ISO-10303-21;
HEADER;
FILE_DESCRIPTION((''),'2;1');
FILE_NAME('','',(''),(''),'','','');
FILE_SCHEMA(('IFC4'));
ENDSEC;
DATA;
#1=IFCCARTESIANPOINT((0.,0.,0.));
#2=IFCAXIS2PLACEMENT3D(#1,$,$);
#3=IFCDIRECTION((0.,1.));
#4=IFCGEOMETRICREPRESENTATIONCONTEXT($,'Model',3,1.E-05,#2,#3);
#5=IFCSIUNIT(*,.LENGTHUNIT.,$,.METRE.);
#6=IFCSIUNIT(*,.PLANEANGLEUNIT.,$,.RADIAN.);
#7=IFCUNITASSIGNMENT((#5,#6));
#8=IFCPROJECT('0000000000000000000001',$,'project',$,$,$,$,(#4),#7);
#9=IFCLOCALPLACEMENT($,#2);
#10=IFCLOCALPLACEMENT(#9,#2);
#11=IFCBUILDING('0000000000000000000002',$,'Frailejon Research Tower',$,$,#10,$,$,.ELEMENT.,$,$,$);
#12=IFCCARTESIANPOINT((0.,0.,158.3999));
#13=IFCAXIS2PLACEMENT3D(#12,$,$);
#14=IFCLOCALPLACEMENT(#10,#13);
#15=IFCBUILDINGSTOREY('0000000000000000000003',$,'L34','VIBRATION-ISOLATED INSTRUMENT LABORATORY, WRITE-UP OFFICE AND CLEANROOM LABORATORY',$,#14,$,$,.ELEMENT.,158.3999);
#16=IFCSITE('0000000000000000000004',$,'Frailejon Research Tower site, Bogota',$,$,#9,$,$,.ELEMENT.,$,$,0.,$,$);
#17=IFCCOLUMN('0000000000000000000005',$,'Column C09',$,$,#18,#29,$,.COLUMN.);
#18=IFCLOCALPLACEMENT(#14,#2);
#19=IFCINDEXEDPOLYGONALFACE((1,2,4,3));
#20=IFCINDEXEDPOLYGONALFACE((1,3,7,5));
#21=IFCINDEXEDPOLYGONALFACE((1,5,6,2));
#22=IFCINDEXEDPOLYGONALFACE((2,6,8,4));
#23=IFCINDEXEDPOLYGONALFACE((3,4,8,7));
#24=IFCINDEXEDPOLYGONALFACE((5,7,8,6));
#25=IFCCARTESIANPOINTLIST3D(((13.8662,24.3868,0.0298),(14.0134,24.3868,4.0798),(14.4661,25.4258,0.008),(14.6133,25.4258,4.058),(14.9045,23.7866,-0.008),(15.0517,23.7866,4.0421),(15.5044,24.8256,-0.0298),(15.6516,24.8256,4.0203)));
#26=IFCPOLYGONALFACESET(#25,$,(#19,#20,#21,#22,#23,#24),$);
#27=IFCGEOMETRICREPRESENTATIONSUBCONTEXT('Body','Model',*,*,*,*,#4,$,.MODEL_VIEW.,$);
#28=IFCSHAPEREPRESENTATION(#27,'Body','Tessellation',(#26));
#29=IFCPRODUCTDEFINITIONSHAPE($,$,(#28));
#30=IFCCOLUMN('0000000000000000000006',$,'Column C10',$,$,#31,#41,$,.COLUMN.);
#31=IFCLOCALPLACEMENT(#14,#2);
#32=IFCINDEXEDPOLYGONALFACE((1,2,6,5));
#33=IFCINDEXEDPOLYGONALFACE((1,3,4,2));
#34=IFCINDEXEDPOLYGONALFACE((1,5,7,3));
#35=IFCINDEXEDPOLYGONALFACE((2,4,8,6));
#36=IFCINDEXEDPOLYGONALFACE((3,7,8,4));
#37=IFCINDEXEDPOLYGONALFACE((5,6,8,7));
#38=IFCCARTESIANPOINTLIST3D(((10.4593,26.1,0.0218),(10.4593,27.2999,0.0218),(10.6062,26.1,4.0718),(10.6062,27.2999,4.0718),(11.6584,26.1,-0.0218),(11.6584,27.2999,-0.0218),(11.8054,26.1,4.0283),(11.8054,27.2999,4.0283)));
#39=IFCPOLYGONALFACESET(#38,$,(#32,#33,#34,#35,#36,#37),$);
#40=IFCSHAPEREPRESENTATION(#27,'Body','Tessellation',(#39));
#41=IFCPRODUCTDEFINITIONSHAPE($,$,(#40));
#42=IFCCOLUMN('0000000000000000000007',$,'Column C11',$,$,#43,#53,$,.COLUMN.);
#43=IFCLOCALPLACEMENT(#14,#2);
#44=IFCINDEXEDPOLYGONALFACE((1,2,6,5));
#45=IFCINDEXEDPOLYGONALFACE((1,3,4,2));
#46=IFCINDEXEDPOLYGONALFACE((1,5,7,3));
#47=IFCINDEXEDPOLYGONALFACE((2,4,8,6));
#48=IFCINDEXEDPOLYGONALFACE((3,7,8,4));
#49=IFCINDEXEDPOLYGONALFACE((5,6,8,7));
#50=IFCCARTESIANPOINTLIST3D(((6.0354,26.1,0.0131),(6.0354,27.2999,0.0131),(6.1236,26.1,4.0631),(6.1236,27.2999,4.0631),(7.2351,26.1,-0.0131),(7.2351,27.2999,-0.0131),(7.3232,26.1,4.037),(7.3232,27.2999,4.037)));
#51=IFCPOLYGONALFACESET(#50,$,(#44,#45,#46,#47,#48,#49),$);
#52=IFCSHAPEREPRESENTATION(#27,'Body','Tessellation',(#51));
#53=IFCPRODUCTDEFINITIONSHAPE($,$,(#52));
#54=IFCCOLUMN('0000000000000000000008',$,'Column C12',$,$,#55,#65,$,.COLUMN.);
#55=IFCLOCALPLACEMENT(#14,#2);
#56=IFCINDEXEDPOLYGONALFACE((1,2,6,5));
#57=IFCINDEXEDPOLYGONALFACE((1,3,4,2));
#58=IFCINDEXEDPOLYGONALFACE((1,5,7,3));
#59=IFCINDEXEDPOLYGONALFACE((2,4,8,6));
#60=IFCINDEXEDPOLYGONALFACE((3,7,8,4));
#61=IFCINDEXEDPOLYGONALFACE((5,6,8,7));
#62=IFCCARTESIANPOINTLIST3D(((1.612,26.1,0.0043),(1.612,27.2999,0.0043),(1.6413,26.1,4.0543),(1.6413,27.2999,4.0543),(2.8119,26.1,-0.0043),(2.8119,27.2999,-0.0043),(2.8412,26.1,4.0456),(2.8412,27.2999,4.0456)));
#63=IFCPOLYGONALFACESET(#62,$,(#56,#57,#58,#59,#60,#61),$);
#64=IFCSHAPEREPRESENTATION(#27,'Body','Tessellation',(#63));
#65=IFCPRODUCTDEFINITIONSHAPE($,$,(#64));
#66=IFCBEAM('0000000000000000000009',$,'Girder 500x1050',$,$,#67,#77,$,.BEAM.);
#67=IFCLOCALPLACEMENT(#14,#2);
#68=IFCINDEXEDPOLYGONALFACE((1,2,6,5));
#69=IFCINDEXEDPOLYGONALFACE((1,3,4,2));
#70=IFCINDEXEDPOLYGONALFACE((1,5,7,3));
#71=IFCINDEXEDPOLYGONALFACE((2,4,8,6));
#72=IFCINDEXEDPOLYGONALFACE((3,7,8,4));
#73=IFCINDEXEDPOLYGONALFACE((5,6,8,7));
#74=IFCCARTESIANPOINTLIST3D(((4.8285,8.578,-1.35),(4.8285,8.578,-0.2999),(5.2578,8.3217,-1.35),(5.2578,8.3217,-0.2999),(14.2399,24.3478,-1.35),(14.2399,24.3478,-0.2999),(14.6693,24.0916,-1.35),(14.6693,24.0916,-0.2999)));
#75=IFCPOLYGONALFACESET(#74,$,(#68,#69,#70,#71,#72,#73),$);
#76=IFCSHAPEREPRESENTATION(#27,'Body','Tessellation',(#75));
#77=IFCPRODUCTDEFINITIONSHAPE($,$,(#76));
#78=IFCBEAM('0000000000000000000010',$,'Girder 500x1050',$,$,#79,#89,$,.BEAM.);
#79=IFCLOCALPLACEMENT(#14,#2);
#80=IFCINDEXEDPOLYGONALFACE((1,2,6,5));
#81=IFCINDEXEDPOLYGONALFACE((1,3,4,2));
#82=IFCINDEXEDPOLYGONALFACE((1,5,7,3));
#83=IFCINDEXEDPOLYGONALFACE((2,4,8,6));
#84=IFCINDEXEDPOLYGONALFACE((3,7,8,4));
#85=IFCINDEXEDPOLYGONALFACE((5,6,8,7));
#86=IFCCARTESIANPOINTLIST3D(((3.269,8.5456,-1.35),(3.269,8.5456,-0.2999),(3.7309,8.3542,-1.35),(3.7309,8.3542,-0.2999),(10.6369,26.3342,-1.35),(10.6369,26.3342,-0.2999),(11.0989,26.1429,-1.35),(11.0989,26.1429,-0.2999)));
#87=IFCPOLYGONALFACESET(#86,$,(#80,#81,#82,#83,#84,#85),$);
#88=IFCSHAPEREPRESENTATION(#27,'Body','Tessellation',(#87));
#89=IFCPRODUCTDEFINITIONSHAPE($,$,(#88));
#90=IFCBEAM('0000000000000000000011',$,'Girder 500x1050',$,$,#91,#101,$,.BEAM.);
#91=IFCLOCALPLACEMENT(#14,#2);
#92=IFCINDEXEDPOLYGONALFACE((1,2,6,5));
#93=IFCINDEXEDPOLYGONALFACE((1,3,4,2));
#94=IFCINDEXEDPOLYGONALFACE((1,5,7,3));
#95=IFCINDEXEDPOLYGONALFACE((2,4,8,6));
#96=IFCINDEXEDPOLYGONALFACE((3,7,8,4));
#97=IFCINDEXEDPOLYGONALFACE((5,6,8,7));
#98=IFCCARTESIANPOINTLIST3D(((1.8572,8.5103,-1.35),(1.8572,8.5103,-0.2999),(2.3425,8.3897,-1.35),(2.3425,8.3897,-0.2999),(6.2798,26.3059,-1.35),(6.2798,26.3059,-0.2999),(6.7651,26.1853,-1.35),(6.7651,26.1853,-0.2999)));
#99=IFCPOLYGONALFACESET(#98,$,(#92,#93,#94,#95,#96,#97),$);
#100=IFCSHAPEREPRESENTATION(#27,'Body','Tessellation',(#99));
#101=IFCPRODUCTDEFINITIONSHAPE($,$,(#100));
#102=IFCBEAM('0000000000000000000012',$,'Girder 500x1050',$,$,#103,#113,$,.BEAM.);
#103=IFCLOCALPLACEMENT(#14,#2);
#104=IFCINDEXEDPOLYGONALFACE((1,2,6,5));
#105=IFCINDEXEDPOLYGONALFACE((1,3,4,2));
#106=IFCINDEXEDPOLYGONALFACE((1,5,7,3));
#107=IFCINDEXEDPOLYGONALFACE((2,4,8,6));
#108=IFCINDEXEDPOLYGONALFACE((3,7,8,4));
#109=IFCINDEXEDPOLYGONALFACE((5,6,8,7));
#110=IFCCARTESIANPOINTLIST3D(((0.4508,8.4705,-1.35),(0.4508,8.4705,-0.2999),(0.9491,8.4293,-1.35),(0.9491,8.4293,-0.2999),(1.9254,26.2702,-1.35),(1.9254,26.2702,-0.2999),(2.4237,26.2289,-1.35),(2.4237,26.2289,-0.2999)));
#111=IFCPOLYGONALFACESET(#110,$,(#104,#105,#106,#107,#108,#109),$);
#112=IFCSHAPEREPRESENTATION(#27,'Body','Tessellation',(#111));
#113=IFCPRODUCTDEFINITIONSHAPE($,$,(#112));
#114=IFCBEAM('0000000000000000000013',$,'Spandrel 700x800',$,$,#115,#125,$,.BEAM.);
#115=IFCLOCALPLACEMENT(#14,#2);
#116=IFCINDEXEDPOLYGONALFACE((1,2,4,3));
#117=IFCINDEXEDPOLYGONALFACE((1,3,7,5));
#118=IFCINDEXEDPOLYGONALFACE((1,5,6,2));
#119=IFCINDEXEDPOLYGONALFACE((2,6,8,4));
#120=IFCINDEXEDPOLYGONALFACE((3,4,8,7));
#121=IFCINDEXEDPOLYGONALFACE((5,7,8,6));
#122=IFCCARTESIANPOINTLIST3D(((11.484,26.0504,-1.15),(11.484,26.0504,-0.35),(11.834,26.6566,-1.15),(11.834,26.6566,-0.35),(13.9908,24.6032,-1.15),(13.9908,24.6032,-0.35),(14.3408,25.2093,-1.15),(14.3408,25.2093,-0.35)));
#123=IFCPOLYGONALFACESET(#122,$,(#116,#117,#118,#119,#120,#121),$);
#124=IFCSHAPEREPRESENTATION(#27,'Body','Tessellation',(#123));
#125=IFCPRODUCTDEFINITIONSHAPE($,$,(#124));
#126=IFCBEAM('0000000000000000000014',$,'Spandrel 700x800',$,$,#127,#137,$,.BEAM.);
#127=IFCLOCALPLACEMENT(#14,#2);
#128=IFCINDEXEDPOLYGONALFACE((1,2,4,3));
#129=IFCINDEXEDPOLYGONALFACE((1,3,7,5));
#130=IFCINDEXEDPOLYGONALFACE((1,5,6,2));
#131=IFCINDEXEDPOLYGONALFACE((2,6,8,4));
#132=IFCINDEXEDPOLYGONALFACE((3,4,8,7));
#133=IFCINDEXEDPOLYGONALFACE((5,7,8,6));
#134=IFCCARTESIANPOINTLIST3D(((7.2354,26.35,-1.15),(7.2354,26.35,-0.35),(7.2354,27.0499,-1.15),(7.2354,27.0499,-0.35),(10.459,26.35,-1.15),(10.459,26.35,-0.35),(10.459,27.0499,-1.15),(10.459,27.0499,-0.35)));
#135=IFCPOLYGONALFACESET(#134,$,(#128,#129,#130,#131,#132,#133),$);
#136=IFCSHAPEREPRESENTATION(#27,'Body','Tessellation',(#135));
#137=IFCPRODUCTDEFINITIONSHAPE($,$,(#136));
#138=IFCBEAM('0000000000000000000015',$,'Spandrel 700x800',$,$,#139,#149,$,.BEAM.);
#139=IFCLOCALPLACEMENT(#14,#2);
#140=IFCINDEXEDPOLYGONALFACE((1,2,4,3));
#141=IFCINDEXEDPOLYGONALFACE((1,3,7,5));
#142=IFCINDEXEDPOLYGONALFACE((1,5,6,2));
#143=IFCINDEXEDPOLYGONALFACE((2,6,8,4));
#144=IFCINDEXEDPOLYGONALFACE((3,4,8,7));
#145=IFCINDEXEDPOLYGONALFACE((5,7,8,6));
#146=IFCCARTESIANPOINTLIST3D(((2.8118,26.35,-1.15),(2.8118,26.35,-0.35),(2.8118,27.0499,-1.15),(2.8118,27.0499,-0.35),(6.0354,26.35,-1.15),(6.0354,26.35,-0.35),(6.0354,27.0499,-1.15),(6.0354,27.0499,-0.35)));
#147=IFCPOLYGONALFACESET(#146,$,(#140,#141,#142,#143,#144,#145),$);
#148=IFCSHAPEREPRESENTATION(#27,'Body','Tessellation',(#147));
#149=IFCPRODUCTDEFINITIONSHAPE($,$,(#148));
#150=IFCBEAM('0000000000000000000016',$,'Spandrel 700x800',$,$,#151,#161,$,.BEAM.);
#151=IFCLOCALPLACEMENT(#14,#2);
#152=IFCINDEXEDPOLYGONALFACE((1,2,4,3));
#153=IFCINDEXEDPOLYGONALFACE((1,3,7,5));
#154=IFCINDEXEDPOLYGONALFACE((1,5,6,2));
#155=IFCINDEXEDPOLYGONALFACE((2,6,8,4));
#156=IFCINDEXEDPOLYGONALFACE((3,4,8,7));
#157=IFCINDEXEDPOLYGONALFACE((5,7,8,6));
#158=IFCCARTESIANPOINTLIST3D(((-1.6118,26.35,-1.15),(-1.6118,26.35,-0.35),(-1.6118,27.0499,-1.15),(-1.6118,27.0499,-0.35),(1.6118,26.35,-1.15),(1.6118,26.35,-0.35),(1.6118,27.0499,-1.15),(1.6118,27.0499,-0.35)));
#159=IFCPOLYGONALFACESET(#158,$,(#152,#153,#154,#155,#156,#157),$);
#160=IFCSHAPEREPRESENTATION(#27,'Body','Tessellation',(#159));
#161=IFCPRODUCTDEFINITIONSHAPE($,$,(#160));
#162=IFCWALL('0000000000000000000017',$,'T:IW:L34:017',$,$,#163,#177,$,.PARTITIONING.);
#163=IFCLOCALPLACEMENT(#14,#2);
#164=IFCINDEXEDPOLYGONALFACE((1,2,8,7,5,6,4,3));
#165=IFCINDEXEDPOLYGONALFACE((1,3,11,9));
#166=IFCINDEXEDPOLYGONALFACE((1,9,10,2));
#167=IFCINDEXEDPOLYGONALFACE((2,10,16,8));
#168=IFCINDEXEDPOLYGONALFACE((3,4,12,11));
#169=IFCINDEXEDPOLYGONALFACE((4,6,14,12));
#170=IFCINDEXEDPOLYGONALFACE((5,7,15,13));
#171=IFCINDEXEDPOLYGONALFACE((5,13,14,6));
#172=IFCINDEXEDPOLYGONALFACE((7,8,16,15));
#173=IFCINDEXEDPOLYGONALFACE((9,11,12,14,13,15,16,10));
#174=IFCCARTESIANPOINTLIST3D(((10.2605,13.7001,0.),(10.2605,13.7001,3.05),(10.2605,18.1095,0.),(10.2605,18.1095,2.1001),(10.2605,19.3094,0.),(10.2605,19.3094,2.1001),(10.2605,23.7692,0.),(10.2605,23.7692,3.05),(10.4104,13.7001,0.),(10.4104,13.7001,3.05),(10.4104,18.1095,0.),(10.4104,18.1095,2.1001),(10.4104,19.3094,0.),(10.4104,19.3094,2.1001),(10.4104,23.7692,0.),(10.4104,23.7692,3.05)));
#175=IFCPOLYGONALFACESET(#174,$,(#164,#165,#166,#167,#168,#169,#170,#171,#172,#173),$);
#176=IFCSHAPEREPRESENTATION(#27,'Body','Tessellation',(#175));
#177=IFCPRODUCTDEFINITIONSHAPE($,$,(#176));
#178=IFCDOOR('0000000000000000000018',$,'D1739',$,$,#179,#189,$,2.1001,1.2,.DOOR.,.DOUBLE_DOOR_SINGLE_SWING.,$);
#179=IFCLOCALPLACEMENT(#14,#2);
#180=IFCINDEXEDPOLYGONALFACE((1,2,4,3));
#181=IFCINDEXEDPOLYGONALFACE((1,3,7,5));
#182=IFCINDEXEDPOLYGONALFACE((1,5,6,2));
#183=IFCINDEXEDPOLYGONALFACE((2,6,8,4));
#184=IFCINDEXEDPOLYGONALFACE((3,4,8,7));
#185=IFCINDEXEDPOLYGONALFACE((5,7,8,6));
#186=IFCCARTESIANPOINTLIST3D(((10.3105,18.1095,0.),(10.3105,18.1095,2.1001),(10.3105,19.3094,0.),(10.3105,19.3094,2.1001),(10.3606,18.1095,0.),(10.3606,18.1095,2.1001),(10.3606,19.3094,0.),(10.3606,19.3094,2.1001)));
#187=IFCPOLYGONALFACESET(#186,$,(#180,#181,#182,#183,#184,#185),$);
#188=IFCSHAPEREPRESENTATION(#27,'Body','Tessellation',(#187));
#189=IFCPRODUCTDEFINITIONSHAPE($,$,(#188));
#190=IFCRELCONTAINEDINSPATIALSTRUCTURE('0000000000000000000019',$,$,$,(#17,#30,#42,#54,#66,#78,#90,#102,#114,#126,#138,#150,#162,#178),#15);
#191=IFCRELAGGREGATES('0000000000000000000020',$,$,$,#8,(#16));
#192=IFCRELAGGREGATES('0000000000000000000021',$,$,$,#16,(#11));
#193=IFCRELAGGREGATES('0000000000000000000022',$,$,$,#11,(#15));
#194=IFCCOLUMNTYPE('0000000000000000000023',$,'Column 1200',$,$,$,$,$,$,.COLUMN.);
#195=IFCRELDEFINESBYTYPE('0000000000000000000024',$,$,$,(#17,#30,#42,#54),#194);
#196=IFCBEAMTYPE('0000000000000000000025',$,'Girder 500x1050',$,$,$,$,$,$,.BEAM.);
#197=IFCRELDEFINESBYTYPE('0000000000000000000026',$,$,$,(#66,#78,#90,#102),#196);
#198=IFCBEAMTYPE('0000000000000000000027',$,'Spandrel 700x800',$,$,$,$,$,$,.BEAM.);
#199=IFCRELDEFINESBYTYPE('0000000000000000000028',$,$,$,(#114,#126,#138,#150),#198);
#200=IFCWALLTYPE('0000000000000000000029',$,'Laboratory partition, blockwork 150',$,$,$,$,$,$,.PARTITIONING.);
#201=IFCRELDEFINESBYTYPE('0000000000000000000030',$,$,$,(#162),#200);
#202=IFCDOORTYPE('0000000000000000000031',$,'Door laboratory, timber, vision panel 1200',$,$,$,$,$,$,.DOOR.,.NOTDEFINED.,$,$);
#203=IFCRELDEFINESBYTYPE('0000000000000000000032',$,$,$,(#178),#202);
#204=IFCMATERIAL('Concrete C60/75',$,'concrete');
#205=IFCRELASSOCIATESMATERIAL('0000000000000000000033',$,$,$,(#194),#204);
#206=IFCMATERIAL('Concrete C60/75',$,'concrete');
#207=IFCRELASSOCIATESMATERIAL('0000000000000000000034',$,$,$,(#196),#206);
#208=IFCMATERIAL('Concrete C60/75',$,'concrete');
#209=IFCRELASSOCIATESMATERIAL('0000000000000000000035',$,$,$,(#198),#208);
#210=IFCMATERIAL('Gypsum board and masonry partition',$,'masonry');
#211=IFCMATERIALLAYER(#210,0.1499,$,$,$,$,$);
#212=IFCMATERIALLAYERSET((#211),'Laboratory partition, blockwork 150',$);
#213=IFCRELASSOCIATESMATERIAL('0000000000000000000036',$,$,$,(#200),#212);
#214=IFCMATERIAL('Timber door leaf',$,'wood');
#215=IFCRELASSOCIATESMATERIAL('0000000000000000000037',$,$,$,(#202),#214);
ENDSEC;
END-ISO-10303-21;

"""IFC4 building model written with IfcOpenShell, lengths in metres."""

from ifc_helpers import new_model, si_unit, direction, frame, frame_2d, origin, origin_2d, place, context, subcontext, project, spatial, rectangle, extrude, material, layer, layer_set, material_profile, profile_set, type_object, element, fill, save


model = new_model("IFC4")

# Units and contexts
model_context = context("Model", 3, precision=1e-05, world=origin(), true_north=direction((0.0, 1.0)))
body_context = subcontext(model_context, "Body", "Model", "MODEL_VIEW")
ifc_project = project(units=[si_unit("LENGTHUNIT", "METRE"), si_unit("PLANEANGLEUNIT", "RADIAN")], contexts=[model_context])

# Site, building, storey
site_placement = place(None, origin())
site = spatial("IfcSite", under=ifc_project, at=site_placement, Name="Frailejon Research Tower site, Bogota", CompositionType="ELEMENT", RefElevation=0.0)
building_placement = place(site_placement, origin())
building = spatial("IfcBuilding", under=site, at=building_placement, Name="Frailejon Research Tower", CompositionType="ELEMENT")
storey_placement = place(building_placement, frame((0.0, 0.0, 158.3999)))
storey = spatial("IfcBuildingStorey", under=building, at=storey_placement, Name="L34", Description="VIBRATION-ISOLATED INSTRUMENT LABORATORY, WRITE-UP OFFICE AND CLEANROOM LABORATORY", CompositionType="ELEMENT", Elevation=158.3999)

# Columns
ifc_material_1 = material(Name="Concrete C60/75", Category="concrete")
ifc_material_profile_1 = material_profile(ifc_material_1, rectangle(XDim=1.2, YDim=1.2, at=origin_2d()), Name="Column 1200")
ifc_profile_set_1 = profile_set([ifc_material_profile_1], Name="Concrete C60/75")
column_type = type_object("IfcColumnType", Name="Column 1200", PredefinedType="COLUMN", material=ifc_profile_set_1)
for number, where, z_axis, x_axis, name in (
    (1, (14.6853, 24.6062, 0.0), (0.036325, 0.0, 0.99934), (-0.865312, 0.500246, 0.031454), "Column C09"),
    (2, (11.0588, 26.7, 0.0), (0.036265, 0.0, 0.999342), (-0.999342, 0.0, 0.036265), "Column C10"),
):
    element("IfcColumn", number, at=place(storey_placement, frame(where, z_axis=z_axis, x_axis=x_axis)), inside=storey, type_object=column_type, Name=name, PredefinedType="COLUMN", context=body_context, shape_type="SweptSolid", body=[
        extrude(rectangle(XDim=1.2, YDim=1.2, at=origin_2d()), origin(), (0.0, 0.0, 1.0), 4.0527),
    ])
column_1_placement = place(storey_placement, frame((6.6353, 26.7, 0.0), z_axis=(0.021756, 0.0, 0.999763), x_axis=(-0.999763, 0.0, 0.021756)))
element("IfcColumn", 3, at=column_1_placement, inside=storey, type_object=column_type, Name="Column C11", PredefinedType="COLUMN", context=body_context, shape_type="SweptSolid", body=[
    extrude(rectangle(XDim=1.2, YDim=1.2, at=origin_2d()), origin(), (0.0, 0.0, 1.0), 4.051),
])
column_2_placement = place(storey_placement, frame((2.2119, 26.7, 0.0), z_axis=(0.007234, 0.0, 0.999974), x_axis=(-0.999974, 0.0, 0.007234)))
element("IfcColumn", 4, at=column_2_placement, inside=storey, type_object=column_type, Name="Column C12", PredefinedType="COLUMN", context=body_context, shape_type="SweptSolid", body=[
    extrude(rectangle(XDim=1.2, YDim=1.2, at=origin_2d()), origin(), (0.0, 0.0, 1.0), 4.05),
])

# Beams
ifc_material_2 = material(Name="Concrete C60/75", Category="concrete")
ifc_material_profile_2 = material_profile(ifc_material_2, rectangle(XDim=0.5, YDim=1.05, at=origin_2d()), Name="Girder 500x1050")
ifc_profile_set_2 = profile_set([ifc_material_profile_2], Name="Concrete C60/75")
beam_type_1 = type_object("IfcBeamType", Name="Girder 500x1050", PredefinedType="BEAM", material=ifc_profile_set_2)
beam_1_placement = place(storey_placement, frame((14.4546, 24.2197, -0.825), z_axis=(-0.512473, -0.858703, 0.0), x_axis=(0.858703, -0.512473, 0.0)))
element("IfcBeam", 5, at=beam_1_placement, inside=storey, type_object=beam_type_1, Name="Girder 500x1050", PredefinedType="BEAM", context=body_context, shape_type="SweptSolid", body=[
    extrude(rectangle(XDim=0.5, YDim=1.05, at=origin_2d()), origin(), (0.0, 0.0, 1.0), 18.3647),
])
beam_2_placement = place(storey_placement, frame((10.8679, 26.2385, -0.825), z_axis=(-0.382668, -0.923886, 0.0), x_axis=(0.923886, -0.382668, 0.0)))
element("IfcBeam", 6, at=beam_2_placement, inside=storey, type_object=beam_type_1, Name="Girder 500x1050", PredefinedType="BEAM", context=body_context, shape_type="SweptSolid", body=[
    extrude(rectangle(XDim=0.5, YDim=1.05, at=origin_2d()), origin(), (0.0, 0.0, 1.0), 19.2542),
])
beam_3_placement = place(storey_placement, frame((6.5225, 26.2456, -0.825), z_axis=(-0.241185, -0.970479, 0.0), x_axis=(0.970479, -0.241185, 0.0)))
element("IfcBeam", 7, at=beam_3_placement, inside=storey, type_object=beam_type_1, Name="Girder 500x1050", PredefinedType="BEAM", context=body_context, shape_type="SweptSolid", body=[
    extrude(rectangle(XDim=0.5, YDim=1.05, at=origin_2d()), origin(), (0.0, 0.0, 1.0), 18.3369),
])
beam_4_placement = place(storey_placement, frame((2.1746, 26.2495, -0.825), z_axis=(-0.082562, -0.996586, 0.0), x_axis=(0.996586, -0.082562, 0.0)))
element("IfcBeam", 8, at=beam_4_placement, inside=storey, type_object=beam_type_1, Name="Girder 500x1050", PredefinedType="BEAM", context=body_context, shape_type="SweptSolid", body=[
    extrude(rectangle(XDim=0.5, YDim=1.05, at=origin_2d()), origin(), (0.0, 0.0, 1.0), 17.8606),
])
ifc_material_3 = material(Name="Concrete C60/75", Category="concrete")
ifc_material_profile_3 = material_profile(ifc_material_3, rectangle(XDim=0.7, YDim=0.8, at=origin_2d()), Name="Spandrel 700x800")
ifc_profile_set_3 = profile_set([ifc_material_profile_3], Name="Concrete C60/75")
beam_type_2 = type_object("IfcBeamType", Name="Spandrel 700x800", PredefinedType="BEAM", material=ifc_profile_set_3)
beam_5_placement = place(storey_placement, frame((14.1658, 24.9062, -0.75), z_axis=(-0.866034, 0.499985, 0.0), x_axis=(-0.499985, -0.866034, 0.0)))
element("IfcBeam", 9, at=beam_5_placement, inside=storey, type_object=beam_type_2, Name="Spandrel 700x800", PredefinedType="BEAM", context=body_context, shape_type="SweptSolid", body=[
    extrude(rectangle(XDim=0.7, YDim=0.8, at=origin_2d()), origin(), (0.0, 0.0, 1.0), 2.8945),
])
for number, where, z_axis, x_axis, name in (
    (10, (10.459, 26.7, -0.75), (-1.0, 0.0, 0.0), (0.0, -1.0, 0.0), "Spandrel 700x800"),
    (11, (6.0354, 26.7, -0.75), (-1.0, 0.0, 0.0), (0.0, -1.0, 0.0), "Spandrel 700x800"),
    (12, (1.6118, 26.7, -0.75), (-1.0, 0.0, 0.0), (0.0, -1.0, 0.0), "Spandrel 700x800"),
):
    element("IfcBeam", number, at=place(storey_placement, frame(where, z_axis=z_axis, x_axis=x_axis)), inside=storey, type_object=beam_type_2, Name=name, PredefinedType="BEAM", context=body_context, shape_type="SweptSolid", body=[
        extrude(rectangle(XDim=0.7, YDim=0.8, at=origin_2d()), origin(), (0.0, 0.0, 1.0), 3.2236),
    ])

# Wall, opening, door
ifc_material_4 = material(Name="Gypsum board and masonry partition", Category="masonry")
ifc_layer_1 = layer(ifc_material_4, 0.1499)
ifc_layer_set_1 = layer_set([ifc_layer_1], Name="Laboratory partition, blockwork 150")
wall_type_1 = type_object("IfcWallType", Name="Laboratory partition, blockwork 150", PredefinedType="PARTITIONING", material=ifc_layer_set_1)
wall_1_placement = place(storey_placement, frame((10.3354, 13.7, 0.0), z_axis=(0.0, 0.0, 1.0), x_axis=(0.0, 1.0, 0.0)))
wall_1 = element("IfcWall", 13, at=wall_1_placement, inside=storey, type_object=wall_type_1, Name="T:IW:L34:017", PredefinedType="PARTITIONING", context=body_context, shape_type="SweptSolid", body=[
    extrude(rectangle(XDim=10.0691, YDim=0.1499, at=frame_2d((5.0347, 0.0))), origin(), (0.0, 0.0, 1.0), 3.05),
])
opening_1_placement = place(wall_1_placement, frame((4.4094, 0.0, 0.0)))
opening_1 = element("IfcOpeningElement", 14, at=opening_1_placement, cuts=wall_1, PredefinedType="OPENING", context=body_context, shape_type="SweptSolid", body=[
    extrude(rectangle(XDim=1.2, YDim=2.1001, at=frame_2d((0.6001, 1.05))), frame((0.0, 0.085, 0.0), z_axis=(0.0, -1.0, 0.0), x_axis=(1.0, 0.0, 0.0)), (0.0, 0.0, 1.0), 0.1699),
])
ifc_material_5 = material(Name="Timber door leaf", Category="wood")
door_type_1 = type_object("IfcDoorType", Name="Door laboratory, timber, vision panel 1200", OperationType="NOTDEFINED", PredefinedType="DOOR", material=ifc_material_5)
door_1_placement = place(opening_1_placement, origin())
door_1 = element("IfcDoor", 15, at=door_1_placement, inside=storey, type_object=door_type_1, Name="D1739", OperationType="DOUBLE_DOOR_SINGLE_SWING", OverallHeight=2.1001, OverallWidth=1.2, PredefinedType="DOOR", context=body_context, shape_type="SweptSolid", body=[
    extrude(rectangle(XDim=1.2, YDim=2.1001, at=frame_2d((0.6001, 1.05))), frame((0.0, 0.0249, 0.0), z_axis=(0.0, -1.0, 0.0), x_axis=(1.0, 0.0, 0.0)), (0.0, 0.0, 1.0), 0.05),
])
fill(opening_1, door_1)

save(model, "model.ifc")
